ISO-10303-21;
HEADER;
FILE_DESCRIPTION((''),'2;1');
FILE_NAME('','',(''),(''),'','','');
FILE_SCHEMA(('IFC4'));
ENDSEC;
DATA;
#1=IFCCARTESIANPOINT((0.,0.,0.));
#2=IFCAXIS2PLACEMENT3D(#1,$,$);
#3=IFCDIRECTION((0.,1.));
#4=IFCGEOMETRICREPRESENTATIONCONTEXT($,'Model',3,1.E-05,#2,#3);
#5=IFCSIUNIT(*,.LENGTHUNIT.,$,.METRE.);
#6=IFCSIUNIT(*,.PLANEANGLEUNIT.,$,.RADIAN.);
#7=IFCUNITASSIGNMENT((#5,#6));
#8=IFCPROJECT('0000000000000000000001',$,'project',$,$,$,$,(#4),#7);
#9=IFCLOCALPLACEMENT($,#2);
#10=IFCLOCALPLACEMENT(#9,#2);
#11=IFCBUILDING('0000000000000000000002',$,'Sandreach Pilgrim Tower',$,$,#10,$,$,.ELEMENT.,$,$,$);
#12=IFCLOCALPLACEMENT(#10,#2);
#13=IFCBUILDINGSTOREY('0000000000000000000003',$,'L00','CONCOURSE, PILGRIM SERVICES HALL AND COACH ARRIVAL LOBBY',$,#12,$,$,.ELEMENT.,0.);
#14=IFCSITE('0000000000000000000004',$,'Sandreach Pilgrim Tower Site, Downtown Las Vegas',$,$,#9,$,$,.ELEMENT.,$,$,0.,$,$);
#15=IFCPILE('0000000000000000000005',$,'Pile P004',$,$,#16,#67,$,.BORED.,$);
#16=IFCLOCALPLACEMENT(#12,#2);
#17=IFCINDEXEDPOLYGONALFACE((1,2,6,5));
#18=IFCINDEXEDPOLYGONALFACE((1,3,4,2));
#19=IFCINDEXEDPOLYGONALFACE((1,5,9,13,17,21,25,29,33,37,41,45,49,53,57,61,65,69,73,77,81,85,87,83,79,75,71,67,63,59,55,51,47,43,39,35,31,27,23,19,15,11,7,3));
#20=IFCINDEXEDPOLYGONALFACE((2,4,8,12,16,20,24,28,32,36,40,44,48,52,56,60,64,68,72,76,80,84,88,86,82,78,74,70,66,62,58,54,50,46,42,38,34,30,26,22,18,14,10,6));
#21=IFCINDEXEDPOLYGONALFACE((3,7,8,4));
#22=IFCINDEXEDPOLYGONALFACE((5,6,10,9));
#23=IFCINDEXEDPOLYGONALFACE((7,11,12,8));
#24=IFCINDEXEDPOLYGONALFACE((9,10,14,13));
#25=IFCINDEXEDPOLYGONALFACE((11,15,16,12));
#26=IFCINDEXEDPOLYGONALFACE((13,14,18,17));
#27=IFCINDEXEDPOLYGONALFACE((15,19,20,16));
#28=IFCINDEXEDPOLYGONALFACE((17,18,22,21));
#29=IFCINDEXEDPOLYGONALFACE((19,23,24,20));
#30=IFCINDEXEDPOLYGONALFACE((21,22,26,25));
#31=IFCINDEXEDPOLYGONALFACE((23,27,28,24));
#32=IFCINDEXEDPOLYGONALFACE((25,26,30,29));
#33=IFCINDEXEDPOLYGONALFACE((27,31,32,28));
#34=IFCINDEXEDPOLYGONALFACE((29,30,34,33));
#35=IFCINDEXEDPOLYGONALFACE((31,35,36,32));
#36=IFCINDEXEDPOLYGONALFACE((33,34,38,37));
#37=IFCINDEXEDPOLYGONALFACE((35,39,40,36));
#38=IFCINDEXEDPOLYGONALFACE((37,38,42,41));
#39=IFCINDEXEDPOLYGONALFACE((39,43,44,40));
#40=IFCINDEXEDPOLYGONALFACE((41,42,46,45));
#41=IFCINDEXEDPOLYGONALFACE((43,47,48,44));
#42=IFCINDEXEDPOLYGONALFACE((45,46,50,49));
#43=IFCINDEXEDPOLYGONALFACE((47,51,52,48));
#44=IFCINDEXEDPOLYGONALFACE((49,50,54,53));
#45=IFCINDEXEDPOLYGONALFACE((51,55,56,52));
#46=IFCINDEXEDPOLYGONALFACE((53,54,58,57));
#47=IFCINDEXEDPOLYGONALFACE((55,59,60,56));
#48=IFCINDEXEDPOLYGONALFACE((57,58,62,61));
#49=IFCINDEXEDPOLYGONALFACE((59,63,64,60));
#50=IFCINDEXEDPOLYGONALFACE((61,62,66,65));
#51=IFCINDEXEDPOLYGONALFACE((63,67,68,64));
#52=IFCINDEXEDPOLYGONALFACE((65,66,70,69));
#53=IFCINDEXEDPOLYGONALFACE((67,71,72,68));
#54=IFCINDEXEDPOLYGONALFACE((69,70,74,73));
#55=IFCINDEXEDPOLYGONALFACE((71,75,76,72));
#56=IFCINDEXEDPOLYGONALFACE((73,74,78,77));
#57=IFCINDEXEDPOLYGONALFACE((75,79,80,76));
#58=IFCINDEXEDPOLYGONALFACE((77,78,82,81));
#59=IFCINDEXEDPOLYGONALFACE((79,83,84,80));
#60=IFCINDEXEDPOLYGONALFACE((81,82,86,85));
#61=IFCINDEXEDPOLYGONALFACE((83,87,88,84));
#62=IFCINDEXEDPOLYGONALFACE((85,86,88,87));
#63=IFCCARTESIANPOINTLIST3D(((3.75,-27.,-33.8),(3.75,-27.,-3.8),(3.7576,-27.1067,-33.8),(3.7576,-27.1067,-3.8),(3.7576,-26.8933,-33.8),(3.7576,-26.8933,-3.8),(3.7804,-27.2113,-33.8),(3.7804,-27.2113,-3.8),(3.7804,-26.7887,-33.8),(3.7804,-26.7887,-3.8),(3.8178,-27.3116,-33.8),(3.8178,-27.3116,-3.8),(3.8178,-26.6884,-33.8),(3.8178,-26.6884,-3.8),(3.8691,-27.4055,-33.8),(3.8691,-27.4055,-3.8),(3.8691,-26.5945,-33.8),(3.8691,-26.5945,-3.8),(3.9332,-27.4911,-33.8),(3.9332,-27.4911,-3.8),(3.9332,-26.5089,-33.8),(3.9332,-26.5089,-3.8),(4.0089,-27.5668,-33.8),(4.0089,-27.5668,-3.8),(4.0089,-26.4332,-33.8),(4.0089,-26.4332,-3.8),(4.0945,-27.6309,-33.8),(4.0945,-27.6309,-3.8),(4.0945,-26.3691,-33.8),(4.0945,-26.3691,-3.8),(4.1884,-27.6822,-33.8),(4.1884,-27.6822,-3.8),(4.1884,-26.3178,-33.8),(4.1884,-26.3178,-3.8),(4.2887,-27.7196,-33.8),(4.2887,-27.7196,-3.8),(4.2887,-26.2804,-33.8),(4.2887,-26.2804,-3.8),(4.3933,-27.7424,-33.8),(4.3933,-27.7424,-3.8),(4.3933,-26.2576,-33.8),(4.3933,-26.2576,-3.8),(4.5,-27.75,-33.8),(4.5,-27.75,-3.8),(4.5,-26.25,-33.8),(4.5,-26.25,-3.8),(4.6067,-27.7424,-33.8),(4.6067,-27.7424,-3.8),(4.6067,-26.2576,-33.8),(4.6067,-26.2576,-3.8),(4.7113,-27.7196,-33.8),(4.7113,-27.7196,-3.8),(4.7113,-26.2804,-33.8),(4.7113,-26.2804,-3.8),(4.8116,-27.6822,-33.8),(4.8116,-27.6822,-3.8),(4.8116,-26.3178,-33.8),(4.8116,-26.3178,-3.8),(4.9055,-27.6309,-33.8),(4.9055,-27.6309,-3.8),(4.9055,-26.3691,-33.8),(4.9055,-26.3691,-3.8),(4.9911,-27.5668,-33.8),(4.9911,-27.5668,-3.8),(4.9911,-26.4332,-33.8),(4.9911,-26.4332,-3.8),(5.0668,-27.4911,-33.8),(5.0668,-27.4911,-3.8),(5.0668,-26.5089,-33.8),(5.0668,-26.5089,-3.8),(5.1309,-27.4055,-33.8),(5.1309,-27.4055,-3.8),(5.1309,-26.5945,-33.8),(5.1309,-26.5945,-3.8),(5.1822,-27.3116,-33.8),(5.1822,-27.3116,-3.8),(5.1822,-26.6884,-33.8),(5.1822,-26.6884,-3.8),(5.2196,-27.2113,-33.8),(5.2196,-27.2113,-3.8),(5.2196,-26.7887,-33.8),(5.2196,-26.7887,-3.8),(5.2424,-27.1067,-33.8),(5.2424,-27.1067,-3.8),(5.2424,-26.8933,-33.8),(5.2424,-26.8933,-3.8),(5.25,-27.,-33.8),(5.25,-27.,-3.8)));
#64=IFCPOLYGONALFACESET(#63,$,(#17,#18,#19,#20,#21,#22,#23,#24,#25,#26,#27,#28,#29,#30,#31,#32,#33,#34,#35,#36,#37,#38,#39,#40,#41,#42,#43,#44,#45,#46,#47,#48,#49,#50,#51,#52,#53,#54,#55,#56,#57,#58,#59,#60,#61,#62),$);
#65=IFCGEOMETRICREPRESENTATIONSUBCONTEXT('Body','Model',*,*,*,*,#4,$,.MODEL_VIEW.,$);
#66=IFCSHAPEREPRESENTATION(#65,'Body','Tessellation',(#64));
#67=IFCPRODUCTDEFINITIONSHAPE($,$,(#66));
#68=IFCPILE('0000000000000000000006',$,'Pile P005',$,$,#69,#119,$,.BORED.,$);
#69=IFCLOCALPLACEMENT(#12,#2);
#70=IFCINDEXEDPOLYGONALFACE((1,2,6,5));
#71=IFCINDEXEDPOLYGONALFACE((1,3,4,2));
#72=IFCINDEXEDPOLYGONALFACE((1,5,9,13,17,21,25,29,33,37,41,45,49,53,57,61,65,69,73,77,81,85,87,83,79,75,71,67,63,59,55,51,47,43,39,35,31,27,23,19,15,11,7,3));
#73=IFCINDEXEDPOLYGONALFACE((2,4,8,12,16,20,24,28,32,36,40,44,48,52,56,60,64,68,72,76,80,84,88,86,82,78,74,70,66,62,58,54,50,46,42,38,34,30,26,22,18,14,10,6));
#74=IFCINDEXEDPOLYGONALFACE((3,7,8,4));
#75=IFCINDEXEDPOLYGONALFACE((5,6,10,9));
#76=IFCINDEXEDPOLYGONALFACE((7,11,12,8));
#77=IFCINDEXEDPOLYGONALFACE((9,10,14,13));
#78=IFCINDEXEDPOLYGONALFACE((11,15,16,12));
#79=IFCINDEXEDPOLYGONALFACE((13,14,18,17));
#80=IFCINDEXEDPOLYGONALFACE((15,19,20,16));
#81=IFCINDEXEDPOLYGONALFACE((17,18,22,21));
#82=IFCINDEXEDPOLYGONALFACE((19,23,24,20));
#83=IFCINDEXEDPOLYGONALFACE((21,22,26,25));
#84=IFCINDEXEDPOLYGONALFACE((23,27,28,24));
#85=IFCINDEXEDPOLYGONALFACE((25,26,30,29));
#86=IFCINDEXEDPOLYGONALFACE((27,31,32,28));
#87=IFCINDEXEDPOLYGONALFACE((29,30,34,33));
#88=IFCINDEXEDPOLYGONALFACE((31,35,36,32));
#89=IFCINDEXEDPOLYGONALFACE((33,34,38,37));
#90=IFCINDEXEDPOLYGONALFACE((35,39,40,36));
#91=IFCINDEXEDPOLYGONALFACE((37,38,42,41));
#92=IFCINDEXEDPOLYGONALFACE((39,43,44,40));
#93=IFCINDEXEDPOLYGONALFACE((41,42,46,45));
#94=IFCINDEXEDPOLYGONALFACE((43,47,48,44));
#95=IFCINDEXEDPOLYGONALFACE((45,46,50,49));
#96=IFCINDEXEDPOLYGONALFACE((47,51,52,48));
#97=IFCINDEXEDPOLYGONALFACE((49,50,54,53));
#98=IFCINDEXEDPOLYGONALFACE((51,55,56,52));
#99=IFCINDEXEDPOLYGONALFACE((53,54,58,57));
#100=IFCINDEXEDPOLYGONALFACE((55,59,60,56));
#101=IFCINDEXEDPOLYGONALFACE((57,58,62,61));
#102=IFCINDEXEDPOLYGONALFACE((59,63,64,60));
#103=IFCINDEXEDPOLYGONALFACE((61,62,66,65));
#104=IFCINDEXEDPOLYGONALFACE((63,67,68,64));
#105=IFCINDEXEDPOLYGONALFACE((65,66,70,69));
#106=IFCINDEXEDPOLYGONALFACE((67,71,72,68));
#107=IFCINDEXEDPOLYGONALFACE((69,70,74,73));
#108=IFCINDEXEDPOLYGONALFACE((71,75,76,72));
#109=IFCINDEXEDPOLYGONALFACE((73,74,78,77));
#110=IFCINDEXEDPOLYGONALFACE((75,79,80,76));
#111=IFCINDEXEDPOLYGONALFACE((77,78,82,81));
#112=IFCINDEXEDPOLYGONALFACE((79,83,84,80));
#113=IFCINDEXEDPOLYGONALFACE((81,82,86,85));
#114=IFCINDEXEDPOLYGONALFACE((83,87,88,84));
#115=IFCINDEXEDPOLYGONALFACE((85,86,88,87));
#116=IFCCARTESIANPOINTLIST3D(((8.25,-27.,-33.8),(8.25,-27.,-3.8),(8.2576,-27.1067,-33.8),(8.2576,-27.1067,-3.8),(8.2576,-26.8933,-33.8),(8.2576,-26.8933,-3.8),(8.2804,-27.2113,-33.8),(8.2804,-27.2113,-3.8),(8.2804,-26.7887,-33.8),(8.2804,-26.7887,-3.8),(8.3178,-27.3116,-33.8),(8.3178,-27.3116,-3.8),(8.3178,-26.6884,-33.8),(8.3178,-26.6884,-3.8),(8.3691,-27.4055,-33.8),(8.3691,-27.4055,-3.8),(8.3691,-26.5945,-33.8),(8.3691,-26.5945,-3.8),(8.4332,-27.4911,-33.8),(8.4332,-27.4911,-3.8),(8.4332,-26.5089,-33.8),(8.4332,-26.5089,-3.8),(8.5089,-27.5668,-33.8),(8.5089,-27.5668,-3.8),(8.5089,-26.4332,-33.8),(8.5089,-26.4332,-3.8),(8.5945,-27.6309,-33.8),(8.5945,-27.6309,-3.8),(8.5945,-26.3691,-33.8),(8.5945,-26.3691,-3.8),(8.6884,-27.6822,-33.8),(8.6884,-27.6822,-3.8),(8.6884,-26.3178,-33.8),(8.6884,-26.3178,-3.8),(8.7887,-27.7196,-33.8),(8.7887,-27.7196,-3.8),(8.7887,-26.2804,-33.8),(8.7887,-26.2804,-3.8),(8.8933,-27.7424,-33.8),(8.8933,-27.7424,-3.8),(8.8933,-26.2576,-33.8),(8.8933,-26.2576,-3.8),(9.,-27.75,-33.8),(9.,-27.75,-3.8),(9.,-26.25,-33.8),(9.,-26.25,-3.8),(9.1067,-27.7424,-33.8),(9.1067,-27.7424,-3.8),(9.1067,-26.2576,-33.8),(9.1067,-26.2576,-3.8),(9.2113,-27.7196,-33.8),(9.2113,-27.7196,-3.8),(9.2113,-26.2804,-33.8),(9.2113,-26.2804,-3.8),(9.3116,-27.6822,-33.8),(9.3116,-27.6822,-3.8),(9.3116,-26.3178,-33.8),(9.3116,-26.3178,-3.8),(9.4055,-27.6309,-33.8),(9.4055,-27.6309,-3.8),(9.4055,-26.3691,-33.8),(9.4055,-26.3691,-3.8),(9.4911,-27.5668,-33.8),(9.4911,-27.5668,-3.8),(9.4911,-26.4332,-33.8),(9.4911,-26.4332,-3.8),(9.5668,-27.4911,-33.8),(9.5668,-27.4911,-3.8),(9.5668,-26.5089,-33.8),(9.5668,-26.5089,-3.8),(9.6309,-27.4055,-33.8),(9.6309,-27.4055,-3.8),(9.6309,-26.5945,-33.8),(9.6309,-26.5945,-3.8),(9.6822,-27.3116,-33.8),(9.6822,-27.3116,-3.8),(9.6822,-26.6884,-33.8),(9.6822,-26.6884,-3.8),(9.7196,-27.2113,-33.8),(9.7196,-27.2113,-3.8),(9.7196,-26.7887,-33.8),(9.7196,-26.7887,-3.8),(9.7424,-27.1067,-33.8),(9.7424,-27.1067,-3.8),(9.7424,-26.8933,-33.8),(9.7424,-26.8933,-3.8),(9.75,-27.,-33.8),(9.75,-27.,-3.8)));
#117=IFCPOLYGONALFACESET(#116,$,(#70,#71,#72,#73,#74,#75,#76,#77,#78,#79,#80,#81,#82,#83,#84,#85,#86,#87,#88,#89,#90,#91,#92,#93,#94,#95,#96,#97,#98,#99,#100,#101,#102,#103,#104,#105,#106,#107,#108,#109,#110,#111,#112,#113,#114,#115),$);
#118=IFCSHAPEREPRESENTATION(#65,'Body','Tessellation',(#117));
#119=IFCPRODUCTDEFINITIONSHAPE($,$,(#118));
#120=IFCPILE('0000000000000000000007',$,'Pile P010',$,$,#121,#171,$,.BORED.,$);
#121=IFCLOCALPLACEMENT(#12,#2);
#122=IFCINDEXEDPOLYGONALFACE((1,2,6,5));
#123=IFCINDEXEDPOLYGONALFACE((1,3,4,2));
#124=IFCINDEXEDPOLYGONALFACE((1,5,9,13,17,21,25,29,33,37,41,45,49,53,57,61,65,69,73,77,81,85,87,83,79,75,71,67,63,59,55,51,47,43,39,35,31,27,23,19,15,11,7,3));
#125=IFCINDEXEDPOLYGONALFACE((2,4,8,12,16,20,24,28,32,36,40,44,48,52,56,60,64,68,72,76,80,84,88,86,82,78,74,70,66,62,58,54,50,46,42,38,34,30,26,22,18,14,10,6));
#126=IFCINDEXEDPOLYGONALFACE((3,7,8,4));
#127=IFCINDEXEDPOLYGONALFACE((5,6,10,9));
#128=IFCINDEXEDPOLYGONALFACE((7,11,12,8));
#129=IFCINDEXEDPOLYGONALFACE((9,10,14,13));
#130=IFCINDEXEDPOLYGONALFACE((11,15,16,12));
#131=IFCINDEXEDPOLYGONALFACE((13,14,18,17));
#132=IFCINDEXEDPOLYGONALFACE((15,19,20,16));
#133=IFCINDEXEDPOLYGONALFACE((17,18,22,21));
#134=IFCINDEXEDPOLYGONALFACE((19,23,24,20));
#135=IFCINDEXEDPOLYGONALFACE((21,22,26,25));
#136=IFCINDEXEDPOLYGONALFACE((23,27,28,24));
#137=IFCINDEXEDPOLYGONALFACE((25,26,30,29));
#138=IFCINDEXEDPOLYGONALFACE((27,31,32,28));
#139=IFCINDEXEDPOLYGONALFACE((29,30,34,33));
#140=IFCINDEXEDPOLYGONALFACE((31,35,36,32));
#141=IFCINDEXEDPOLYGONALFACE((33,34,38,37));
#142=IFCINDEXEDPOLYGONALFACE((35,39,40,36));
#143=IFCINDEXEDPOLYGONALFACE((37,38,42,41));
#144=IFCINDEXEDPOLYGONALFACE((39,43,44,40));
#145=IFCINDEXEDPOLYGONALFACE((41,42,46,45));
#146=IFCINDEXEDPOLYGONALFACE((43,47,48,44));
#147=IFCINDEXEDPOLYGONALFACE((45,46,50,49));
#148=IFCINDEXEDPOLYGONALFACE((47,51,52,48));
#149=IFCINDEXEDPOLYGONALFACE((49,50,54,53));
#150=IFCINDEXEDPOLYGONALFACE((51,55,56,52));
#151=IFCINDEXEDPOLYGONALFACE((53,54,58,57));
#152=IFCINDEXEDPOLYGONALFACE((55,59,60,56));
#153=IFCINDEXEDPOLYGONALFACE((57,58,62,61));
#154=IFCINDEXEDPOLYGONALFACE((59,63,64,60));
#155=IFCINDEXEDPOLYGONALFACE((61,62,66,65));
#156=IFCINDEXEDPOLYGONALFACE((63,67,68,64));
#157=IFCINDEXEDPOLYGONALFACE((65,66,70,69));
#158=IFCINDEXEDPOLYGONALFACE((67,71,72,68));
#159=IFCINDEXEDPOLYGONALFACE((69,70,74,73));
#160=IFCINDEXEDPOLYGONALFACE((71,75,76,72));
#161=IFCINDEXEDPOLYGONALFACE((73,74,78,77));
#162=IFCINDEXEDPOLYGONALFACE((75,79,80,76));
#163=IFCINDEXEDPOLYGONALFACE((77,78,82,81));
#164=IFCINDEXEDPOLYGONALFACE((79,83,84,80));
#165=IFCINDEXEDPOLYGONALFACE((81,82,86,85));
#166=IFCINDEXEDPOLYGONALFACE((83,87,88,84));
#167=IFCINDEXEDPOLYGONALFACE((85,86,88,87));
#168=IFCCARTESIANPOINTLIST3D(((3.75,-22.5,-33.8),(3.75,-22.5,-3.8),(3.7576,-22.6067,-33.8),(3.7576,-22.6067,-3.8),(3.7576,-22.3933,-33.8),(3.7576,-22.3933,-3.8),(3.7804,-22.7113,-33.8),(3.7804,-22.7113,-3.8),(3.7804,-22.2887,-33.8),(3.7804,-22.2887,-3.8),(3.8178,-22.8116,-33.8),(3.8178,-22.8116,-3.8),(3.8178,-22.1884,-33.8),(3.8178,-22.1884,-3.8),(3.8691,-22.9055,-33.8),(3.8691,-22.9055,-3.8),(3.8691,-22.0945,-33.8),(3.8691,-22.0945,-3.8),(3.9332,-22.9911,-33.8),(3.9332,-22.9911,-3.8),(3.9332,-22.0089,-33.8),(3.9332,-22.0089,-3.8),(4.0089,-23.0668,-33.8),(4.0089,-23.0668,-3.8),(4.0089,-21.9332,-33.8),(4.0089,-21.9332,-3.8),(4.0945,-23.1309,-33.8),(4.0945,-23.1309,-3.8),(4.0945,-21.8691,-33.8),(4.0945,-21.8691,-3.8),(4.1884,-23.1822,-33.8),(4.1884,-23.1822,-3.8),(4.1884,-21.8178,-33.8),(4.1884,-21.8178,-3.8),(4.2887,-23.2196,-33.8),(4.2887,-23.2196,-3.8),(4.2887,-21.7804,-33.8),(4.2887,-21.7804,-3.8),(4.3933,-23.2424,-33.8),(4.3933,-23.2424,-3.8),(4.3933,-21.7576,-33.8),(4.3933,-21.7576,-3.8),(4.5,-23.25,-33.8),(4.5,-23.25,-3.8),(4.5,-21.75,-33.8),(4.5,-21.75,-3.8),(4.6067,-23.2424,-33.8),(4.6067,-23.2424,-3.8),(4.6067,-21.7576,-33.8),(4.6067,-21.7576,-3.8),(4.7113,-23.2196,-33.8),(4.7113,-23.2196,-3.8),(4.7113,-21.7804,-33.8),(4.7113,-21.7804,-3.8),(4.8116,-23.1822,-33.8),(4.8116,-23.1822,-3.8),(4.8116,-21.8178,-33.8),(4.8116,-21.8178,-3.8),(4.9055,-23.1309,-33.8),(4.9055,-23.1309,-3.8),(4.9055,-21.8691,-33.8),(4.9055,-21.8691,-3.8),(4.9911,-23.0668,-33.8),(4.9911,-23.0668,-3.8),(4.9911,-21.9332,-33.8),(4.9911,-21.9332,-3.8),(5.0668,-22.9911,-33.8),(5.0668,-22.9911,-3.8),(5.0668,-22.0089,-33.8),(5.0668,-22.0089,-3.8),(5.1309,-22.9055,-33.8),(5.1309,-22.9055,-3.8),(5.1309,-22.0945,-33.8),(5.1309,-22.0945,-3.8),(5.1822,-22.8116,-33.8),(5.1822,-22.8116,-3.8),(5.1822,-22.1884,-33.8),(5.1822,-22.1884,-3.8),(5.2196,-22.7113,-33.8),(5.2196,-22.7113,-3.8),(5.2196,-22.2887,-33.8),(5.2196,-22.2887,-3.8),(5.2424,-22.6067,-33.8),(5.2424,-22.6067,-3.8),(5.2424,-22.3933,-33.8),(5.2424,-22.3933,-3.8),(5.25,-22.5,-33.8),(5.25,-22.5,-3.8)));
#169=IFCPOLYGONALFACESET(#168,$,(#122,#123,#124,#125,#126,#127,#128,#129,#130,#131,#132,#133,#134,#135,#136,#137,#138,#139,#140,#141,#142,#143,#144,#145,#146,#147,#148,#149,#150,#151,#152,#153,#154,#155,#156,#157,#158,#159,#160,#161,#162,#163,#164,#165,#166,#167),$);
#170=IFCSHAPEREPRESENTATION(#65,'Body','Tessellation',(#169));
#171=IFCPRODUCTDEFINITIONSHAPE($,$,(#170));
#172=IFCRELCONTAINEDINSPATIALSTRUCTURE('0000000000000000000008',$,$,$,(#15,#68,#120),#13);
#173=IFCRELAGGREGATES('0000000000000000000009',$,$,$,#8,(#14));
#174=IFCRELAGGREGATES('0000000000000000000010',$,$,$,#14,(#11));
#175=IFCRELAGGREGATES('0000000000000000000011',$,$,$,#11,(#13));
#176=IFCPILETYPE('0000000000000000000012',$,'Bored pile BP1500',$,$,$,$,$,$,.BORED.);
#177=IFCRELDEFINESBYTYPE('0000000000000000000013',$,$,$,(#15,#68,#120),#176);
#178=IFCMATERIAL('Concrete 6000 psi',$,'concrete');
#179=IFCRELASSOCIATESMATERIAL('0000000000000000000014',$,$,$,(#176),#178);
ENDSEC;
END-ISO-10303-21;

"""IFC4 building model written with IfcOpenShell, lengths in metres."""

from ifc_helpers import new_model, si_unit, direction, frame, origin, origin_2d, place, context, subcontext, project, spatial, circle, extrude, material, material_profile, profile_set, type_object, element, save


model = new_model("IFC4")

# Units and contexts
model_context = context("Model", 3, precision=1e-05, world=origin(), true_north=direction((0.0, 1.0)))
body_context = subcontext(model_context, "Body", "Model", "MODEL_VIEW")
ifc_project = project(units=[si_unit("LENGTHUNIT", "METRE"), si_unit("PLANEANGLEUNIT", "RADIAN")], contexts=[model_context])

# Site, building, storey
site_placement = place(None, origin())
site = spatial("IfcSite", under=ifc_project, at=site_placement, Name="Sandreach Pilgrim Tower Site, Downtown Las Vegas", CompositionType="ELEMENT", RefElevation=0.0)
building_placement = place(site_placement, origin())
building = spatial("IfcBuilding", under=site, at=building_placement, Name="Sandreach Pilgrim Tower", CompositionType="ELEMENT")
storey_placement = place(building_placement, origin())
storey = spatial("IfcBuildingStorey", under=building, at=storey_placement, Name="L00", Description="CONCOURSE, PILGRIM SERVICES HALL AND COACH ARRIVAL LOBBY", CompositionType="ELEMENT", Elevation=0.0)

# Piles
ifc_material_1 = material(Name="Concrete 6000 psi", Category="concrete")
ifc_material_profile_1 = material_profile(ifc_material_1, circle(Radius=0.75, at=origin_2d()), Name="BP1500")
ifc_profile_set_1 = profile_set([ifc_material_profile_1], Name="Concrete 6000 psi")
pile_type = type_object("IfcPileType", Name="Bored pile BP1500", PredefinedType="BORED", material=ifc_profile_set_1)
for number, where, z_axis, x_axis, name in (
    (1, (4.5, -27.0, -3.8), (0.0, 0.0, -1.0), (1.0, 0.0, 0.0), "Pile P004"),
    (2, (9.0, -27.0, -3.8), (0.0, 0.0, -1.0), (1.0, 0.0, 0.0), "Pile P005"),
    (3, (4.5, -22.5, -3.8), (0.0, 0.0, -1.0), (1.0, 0.0, 0.0), "Pile P010"),
):
    element("IfcPile", number, at=place(storey_placement, frame(where, z_axis=z_axis, x_axis=x_axis)), inside=storey, type_object=pile_type, Name=name, PredefinedType="BORED", context=body_context, shape_type="SweptSolid", body=[
        extrude(circle(Radius=0.75, at=origin_2d()), origin(), (0.0, 0.0, 1.0), 30.0),
    ])

save(model, "model.ifc")
